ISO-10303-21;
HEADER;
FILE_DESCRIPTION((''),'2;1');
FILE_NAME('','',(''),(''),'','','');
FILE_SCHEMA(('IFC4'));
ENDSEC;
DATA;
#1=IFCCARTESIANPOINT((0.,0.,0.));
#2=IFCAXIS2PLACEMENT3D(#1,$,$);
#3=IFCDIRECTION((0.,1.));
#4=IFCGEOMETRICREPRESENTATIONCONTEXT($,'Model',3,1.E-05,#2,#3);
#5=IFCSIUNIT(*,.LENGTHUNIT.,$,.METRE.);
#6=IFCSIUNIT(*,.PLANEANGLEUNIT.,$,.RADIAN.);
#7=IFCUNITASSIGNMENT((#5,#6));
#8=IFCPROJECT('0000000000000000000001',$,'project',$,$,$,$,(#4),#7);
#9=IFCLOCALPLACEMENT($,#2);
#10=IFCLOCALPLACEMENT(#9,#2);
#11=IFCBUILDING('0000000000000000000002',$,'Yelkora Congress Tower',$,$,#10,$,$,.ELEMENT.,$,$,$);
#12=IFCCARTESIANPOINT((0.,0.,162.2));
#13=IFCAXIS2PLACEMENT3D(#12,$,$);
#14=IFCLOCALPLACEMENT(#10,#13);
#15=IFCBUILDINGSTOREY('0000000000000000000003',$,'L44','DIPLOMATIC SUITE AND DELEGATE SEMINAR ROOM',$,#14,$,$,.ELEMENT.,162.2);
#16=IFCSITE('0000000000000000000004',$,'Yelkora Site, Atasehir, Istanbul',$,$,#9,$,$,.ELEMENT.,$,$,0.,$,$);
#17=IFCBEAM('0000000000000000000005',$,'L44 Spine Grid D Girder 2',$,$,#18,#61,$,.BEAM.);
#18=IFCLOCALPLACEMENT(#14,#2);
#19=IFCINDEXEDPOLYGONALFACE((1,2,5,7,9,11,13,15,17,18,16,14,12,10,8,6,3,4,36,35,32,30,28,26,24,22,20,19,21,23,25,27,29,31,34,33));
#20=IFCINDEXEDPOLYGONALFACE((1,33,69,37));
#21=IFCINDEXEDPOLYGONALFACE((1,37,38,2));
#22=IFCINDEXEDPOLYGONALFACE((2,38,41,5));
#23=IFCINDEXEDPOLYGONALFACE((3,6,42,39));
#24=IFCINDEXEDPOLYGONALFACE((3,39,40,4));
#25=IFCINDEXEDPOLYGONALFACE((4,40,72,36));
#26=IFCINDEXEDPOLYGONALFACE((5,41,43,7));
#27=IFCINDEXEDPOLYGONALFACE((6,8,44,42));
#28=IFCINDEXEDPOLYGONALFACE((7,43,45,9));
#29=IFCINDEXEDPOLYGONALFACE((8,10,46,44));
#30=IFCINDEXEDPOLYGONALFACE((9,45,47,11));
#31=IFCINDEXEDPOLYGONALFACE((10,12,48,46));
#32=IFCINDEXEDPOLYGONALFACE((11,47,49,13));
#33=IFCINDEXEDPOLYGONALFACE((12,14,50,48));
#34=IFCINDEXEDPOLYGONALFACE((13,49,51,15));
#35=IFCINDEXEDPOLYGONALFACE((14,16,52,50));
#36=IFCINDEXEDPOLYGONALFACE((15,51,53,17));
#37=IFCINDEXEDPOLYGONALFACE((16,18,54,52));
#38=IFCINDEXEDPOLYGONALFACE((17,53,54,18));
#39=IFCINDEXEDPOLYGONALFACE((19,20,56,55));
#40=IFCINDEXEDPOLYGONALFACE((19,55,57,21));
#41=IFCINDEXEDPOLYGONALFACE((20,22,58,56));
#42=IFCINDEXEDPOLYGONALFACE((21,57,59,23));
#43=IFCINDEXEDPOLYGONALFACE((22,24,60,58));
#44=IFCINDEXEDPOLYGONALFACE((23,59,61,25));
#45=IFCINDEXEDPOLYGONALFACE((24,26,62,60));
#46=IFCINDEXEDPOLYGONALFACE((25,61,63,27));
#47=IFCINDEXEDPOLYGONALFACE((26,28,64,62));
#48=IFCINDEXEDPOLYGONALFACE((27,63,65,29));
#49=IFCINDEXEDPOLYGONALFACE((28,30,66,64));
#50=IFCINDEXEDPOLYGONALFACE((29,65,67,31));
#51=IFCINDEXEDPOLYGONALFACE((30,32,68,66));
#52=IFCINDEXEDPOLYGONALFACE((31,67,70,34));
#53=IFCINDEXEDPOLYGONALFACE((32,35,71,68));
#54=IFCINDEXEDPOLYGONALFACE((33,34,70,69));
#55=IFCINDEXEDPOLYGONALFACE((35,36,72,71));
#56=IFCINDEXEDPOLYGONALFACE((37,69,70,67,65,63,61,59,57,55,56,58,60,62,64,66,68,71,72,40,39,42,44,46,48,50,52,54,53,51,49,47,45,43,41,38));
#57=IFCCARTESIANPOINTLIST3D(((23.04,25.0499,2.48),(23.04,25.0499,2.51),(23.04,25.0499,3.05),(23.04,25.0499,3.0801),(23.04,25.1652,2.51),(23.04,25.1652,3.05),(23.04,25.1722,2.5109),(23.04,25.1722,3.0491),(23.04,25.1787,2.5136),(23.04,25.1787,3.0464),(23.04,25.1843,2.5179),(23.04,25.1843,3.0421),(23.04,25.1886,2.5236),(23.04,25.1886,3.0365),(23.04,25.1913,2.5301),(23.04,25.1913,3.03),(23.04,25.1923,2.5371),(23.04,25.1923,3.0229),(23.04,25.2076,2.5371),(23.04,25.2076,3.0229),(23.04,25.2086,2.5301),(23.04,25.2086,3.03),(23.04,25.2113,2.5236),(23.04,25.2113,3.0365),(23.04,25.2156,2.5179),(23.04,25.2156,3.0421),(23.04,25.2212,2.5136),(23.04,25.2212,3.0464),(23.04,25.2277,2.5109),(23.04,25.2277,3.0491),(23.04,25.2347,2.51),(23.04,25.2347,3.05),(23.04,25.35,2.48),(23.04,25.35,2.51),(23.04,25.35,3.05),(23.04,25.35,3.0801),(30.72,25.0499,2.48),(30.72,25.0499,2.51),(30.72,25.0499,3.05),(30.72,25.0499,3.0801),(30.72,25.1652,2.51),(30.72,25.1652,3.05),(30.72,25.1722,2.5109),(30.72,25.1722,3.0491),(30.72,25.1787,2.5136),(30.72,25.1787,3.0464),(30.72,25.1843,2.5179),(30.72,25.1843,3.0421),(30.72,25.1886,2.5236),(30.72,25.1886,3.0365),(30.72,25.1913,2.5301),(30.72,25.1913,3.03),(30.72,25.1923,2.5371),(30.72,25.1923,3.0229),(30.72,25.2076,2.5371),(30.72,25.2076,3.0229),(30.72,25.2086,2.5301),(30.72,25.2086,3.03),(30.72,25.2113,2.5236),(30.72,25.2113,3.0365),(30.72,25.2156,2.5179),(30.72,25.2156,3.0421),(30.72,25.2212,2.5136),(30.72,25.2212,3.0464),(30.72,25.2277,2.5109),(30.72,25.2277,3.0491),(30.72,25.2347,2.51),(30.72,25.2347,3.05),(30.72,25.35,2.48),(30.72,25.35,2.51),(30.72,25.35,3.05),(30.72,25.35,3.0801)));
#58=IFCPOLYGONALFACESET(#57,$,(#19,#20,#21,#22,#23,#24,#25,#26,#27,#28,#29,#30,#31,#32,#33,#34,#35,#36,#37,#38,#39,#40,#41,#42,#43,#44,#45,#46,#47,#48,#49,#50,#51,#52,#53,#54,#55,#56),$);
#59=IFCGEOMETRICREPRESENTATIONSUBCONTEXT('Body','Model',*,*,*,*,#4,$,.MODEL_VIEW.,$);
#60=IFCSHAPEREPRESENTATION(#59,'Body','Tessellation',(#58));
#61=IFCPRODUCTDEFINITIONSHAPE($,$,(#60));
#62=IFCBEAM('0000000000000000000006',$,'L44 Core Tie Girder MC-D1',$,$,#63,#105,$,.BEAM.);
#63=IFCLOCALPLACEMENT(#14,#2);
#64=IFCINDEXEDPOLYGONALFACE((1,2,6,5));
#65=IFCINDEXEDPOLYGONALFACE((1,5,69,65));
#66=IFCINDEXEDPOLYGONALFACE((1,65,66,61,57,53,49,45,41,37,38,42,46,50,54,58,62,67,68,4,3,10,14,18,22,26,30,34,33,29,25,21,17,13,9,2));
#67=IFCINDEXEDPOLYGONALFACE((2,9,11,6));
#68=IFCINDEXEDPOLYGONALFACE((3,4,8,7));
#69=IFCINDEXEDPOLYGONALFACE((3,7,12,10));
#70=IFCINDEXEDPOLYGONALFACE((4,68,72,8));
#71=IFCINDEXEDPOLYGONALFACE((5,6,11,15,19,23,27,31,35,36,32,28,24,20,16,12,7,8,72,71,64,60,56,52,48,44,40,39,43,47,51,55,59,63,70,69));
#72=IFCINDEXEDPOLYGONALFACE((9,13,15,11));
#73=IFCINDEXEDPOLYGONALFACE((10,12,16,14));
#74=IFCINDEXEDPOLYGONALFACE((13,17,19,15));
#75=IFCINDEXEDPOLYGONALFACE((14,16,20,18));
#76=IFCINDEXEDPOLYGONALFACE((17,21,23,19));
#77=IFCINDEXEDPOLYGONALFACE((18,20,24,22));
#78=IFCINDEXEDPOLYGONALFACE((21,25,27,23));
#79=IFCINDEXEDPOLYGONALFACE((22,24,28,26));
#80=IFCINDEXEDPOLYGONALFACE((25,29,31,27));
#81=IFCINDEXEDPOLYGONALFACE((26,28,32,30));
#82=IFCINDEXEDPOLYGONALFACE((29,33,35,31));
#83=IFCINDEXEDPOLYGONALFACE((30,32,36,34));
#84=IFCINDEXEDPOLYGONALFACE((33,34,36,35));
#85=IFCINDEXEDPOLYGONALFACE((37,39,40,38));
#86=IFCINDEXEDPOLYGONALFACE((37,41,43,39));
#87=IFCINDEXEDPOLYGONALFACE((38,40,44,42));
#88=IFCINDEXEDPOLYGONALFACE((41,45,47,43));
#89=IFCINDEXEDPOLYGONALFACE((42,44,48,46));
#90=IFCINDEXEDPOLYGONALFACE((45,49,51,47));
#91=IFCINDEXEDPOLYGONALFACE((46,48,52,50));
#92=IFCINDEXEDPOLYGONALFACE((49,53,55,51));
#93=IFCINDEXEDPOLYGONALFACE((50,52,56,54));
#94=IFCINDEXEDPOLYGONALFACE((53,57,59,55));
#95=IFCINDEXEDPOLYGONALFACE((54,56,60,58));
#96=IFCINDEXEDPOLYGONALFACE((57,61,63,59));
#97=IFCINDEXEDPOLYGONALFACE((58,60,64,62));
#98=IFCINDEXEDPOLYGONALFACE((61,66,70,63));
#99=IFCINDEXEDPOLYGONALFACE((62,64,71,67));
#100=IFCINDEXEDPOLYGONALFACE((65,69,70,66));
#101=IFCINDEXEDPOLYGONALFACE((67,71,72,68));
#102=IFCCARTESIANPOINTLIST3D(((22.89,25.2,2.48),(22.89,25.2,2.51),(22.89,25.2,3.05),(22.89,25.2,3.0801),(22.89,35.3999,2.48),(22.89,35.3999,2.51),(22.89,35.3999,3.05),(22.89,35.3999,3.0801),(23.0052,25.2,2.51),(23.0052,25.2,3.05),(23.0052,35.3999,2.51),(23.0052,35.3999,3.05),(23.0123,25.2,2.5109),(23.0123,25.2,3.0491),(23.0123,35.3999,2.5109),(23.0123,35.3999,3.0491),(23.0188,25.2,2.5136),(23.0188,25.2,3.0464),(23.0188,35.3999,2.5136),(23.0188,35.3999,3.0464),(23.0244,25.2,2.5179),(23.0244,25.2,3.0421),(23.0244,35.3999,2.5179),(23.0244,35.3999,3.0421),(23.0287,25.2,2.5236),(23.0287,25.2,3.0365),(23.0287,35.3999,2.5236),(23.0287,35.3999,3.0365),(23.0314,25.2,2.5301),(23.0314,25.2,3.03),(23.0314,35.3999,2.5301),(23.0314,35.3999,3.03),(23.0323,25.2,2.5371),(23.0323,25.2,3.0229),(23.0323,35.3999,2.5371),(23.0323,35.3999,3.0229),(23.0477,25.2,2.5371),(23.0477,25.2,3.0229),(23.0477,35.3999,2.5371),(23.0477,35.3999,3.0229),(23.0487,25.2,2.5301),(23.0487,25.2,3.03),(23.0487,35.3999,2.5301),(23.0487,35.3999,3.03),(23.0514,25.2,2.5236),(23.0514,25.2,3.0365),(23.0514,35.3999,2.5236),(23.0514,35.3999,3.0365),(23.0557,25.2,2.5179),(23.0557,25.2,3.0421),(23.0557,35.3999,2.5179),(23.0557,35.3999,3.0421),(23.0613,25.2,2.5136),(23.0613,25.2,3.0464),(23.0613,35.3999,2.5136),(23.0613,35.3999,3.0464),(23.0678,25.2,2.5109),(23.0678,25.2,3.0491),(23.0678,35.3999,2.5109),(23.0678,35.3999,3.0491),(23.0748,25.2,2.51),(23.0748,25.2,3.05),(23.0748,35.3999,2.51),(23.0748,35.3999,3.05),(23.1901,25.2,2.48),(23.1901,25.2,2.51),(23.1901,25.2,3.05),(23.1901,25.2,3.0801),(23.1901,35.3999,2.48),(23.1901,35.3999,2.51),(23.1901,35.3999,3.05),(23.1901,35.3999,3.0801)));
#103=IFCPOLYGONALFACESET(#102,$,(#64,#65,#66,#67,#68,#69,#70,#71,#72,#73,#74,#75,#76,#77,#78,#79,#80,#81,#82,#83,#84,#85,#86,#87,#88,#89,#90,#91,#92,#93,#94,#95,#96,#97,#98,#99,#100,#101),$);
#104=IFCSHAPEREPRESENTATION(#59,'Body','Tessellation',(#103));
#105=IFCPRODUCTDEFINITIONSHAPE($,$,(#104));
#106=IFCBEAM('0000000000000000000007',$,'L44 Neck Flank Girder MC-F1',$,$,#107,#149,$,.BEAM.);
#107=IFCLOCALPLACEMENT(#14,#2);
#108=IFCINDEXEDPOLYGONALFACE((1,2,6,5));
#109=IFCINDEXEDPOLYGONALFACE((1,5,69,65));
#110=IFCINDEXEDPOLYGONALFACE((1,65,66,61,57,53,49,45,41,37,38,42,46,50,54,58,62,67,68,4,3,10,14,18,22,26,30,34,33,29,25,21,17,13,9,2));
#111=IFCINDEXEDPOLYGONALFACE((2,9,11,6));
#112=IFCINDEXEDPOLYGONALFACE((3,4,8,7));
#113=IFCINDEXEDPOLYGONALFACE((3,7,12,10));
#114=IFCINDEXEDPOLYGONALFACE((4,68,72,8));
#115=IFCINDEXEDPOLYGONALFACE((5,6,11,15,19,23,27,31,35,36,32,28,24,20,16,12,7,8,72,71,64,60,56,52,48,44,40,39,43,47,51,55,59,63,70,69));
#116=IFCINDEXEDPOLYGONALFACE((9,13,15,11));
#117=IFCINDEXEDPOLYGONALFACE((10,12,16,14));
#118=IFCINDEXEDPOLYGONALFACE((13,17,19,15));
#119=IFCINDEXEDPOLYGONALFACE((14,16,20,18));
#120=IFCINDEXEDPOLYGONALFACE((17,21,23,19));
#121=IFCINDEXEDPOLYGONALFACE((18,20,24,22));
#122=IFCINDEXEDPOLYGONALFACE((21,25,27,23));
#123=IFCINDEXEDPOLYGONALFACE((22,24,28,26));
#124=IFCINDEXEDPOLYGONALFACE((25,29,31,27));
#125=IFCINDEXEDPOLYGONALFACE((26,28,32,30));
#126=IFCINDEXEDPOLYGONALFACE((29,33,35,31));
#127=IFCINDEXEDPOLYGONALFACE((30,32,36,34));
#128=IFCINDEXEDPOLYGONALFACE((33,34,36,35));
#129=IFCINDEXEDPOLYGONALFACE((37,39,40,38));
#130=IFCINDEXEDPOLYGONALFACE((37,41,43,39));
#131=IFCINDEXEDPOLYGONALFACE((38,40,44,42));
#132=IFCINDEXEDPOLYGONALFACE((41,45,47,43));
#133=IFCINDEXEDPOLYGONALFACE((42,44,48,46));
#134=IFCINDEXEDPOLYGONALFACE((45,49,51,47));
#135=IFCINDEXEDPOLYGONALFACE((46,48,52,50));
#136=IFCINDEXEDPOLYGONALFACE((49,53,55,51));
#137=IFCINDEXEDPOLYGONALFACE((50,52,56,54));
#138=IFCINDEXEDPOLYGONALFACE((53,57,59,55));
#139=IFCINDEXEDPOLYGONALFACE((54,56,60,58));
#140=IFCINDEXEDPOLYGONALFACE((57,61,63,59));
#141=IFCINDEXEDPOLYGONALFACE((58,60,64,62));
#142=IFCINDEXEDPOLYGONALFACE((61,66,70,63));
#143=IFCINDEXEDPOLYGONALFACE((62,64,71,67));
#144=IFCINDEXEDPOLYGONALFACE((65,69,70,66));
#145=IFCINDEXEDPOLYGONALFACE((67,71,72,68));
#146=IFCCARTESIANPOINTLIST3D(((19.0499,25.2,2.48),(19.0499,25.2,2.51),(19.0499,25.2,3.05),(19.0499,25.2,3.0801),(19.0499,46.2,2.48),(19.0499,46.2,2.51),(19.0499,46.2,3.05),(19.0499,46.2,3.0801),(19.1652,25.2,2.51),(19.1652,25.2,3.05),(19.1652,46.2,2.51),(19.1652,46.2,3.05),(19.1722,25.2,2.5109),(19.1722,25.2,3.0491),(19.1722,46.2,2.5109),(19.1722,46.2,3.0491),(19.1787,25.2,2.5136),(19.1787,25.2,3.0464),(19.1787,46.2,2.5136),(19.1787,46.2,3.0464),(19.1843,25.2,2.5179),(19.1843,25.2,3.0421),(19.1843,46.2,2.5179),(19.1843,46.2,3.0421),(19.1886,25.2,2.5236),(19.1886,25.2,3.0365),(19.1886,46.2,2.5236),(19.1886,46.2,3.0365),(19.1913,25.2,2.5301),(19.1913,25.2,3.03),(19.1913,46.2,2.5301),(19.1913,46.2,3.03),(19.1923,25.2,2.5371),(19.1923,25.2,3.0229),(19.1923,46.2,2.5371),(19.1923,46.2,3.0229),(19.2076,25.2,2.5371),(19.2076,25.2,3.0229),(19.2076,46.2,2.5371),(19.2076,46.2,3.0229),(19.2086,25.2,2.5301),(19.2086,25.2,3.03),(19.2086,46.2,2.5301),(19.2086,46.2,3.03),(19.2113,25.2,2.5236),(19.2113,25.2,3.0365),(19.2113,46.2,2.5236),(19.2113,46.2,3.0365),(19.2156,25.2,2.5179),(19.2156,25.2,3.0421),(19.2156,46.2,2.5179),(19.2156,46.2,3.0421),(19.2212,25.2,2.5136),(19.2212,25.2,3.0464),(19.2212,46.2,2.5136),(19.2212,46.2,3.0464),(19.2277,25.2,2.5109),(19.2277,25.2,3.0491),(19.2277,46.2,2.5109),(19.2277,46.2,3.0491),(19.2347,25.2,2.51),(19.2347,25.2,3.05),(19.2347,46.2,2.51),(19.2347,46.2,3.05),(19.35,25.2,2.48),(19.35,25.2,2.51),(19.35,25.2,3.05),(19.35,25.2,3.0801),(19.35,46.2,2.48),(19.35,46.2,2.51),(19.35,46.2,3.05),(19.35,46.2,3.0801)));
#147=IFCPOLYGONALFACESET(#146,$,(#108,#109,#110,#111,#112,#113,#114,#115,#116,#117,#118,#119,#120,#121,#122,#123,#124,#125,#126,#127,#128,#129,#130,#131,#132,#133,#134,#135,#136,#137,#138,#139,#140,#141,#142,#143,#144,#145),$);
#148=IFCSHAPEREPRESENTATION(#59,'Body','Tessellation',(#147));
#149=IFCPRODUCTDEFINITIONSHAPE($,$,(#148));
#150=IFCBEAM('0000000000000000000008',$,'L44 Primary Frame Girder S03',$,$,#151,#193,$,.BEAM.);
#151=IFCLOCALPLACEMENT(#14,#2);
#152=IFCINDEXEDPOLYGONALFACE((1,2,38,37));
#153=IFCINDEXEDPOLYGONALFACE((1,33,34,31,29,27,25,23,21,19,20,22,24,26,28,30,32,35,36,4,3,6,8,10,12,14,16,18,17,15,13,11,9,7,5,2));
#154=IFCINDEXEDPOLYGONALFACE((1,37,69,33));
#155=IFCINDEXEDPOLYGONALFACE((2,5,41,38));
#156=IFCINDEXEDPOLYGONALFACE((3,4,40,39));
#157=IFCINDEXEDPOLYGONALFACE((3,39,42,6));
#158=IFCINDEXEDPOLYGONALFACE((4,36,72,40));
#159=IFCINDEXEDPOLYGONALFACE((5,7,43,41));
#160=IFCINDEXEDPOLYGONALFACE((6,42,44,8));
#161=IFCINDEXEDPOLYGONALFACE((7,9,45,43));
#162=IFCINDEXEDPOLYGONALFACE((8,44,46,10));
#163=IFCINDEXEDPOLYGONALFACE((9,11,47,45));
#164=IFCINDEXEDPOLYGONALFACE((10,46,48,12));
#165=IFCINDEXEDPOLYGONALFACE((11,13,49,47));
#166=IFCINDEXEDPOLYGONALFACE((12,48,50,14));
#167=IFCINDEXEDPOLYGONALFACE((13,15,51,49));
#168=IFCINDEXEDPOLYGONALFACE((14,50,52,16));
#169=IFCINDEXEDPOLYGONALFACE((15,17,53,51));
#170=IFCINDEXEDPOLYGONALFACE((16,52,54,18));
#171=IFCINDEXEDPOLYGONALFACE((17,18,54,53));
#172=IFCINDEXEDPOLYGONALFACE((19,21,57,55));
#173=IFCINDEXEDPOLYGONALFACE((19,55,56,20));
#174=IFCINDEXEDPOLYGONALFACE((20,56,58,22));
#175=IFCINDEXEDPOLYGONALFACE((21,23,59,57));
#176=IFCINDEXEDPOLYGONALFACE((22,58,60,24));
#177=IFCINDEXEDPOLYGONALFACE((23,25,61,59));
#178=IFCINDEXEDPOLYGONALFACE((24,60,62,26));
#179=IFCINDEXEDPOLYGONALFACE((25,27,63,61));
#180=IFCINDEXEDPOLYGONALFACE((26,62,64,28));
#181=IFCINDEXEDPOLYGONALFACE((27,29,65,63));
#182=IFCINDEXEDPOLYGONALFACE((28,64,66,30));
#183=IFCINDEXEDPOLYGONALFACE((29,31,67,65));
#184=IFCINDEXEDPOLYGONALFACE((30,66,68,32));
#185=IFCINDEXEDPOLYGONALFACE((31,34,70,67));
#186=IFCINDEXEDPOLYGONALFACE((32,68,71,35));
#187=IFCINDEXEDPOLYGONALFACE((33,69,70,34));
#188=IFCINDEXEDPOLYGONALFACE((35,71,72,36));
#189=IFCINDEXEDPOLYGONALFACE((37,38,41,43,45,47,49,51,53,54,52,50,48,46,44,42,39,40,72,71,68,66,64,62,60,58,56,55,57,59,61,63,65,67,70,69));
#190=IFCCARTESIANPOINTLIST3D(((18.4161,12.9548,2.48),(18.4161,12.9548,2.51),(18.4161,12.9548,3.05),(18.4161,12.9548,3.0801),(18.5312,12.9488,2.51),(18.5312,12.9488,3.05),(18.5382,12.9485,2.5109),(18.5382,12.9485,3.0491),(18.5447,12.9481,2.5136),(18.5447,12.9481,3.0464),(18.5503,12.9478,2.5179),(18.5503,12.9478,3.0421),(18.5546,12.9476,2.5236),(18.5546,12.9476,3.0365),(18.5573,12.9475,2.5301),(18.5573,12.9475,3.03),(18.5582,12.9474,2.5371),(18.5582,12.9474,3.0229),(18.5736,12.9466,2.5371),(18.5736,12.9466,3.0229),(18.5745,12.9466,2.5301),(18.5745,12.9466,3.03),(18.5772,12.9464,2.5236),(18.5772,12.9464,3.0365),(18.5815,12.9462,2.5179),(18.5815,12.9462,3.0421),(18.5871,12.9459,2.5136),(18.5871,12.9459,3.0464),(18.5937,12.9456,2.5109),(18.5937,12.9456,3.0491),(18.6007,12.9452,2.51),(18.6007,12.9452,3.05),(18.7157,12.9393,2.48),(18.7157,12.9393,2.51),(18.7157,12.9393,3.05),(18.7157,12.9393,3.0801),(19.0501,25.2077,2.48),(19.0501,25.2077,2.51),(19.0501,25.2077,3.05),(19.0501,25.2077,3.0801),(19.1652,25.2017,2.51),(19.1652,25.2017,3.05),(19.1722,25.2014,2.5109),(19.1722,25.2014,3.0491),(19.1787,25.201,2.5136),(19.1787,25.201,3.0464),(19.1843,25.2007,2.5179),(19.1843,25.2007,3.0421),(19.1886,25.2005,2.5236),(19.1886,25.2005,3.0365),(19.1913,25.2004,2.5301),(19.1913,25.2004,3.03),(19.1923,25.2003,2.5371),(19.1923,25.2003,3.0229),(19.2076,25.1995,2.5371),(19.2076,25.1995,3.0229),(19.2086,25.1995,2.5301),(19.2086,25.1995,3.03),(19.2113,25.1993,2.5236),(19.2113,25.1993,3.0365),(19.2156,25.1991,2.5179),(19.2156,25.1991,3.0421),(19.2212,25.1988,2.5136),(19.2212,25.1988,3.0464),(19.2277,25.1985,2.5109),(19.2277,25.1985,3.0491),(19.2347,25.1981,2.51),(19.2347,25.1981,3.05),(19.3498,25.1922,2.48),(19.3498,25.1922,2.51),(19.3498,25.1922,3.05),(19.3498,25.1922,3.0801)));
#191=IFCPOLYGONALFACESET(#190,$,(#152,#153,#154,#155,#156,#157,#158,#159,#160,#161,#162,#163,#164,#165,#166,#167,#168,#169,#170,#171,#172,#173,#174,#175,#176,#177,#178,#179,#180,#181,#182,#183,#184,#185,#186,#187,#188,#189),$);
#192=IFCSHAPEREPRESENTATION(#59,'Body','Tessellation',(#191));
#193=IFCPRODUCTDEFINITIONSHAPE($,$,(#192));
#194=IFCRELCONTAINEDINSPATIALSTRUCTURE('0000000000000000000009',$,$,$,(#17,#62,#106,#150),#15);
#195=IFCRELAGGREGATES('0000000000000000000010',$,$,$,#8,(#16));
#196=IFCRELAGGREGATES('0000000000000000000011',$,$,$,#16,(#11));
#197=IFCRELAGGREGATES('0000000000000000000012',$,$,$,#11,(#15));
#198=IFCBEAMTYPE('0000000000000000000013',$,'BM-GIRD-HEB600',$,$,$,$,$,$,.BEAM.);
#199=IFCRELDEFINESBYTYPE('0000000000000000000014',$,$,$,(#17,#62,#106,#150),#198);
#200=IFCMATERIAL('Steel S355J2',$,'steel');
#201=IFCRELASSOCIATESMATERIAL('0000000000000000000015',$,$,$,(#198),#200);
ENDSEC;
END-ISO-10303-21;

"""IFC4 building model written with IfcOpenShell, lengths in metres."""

from ifc_helpers import new_model, si_unit, direction, frame, origin, origin_2d, place, context, subcontext, project, spatial, i_section, extrude, material, material_profile, profile_set, type_object, element, save


model = new_model("IFC4")

# Units and contexts
model_context = context("Model", 3, precision=1e-05, world=origin(), true_north=direction((0.0, 1.0)))
body_context = subcontext(model_context, "Body", "Model", "MODEL_VIEW")
ifc_project = project(units=[si_unit("LENGTHUNIT", "METRE"), si_unit("PLANEANGLEUNIT", "RADIAN")], contexts=[model_context])

# Site, building, storey
site_placement = place(None, origin())
site = spatial("IfcSite", under=ifc_project, at=site_placement, Name="Yelkora Site, Atasehir, Istanbul", CompositionType="ELEMENT", RefElevation=0.0)
building_placement = place(site_placement, origin())
building = spatial("IfcBuilding", under=site, at=building_placement, Name="Yelkora Congress Tower", CompositionType="ELEMENT")
storey_placement = place(building_placement, frame((0.0, 0.0, 162.2)))
storey = spatial("IfcBuildingStorey", under=building, at=storey_placement, Name="L44", Description="DIPLOMATIC SUITE AND DELEGATE SEMINAR ROOM", CompositionType="ELEMENT", Elevation=162.2)

# Beams
ifc_material_1 = material(Name="Steel S355J2", Category="steel")
ifc_material_profile_1 = material_profile(ifc_material_1, i_section(OverallWidth=0.3, OverallDepth=0.6001, WebThickness=0.0154, FlangeThickness=0.03, FilletRadius=0.0271, at=origin_2d()), Name="HEB 600")
ifc_profile_set_1 = profile_set([ifc_material_profile_1], Name="Steel S355J2")
beam_type_1 = type_object("IfcBeamType", Name="BM-GIRD-HEB600", PredefinedType="BEAM", material=ifc_profile_set_1)
beam_1_placement = place(storey_placement, frame((23.04, 25.2, 2.78), z_axis=(1.0, 0.0, 0.0), x_axis=(0.0, 1.0, 0.0)))
element("IfcBeam", 1, at=beam_1_placement, inside=storey, type_object=beam_type_1, Name="L44 Spine Grid D Girder 2", PredefinedType="BEAM", context=body_context, shape_type="SweptSolid", body=[
    extrude(i_section(OverallWidth=0.3, OverallDepth=0.6001, WebThickness=0.0154, FlangeThickness=0.03, FilletRadius=0.0271, at=origin_2d()), origin(), (0.0, 0.0, 1.0), 7.6799),
])
beam_2_placement = place(storey_placement, frame((23.04, 25.2, 2.78), z_axis=(0.0, 1.0, 0.0), x_axis=(-1.0, 0.0, 0.0)))
element("IfcBeam", 2, at=beam_2_placement, inside=storey, type_object=beam_type_1, Name="L44 Core Tie Girder MC-D1", PredefinedType="BEAM", context=body_context, shape_type="SweptSolid", body=[
    extrude(i_section(OverallWidth=0.3, OverallDepth=0.6001, WebThickness=0.0154, FlangeThickness=0.03, FilletRadius=0.0271, at=origin_2d()), origin(), (0.0, 0.0, 1.0), 10.2),
])
beam_3_placement = place(storey_placement, frame((19.2, 25.2, 2.78), z_axis=(0.0, 1.0, 0.0), x_axis=(-1.0, 0.0, 0.0)))
element("IfcBeam", 3, at=beam_3_placement, inside=storey, type_object=beam_type_1, Name="L44 Neck Flank Girder MC-F1", PredefinedType="BEAM", context=body_context, shape_type="SweptSolid", body=[
    extrude(i_section(OverallWidth=0.3, OverallDepth=0.6001, WebThickness=0.0154, FlangeThickness=0.03, FilletRadius=0.0271, at=origin_2d()), origin(), (0.0, 0.0, 1.0), 21.0),
])
beam_4_placement = place(storey_placement, frame((18.5659, 12.947, 2.78), z_axis=(0.051676, 0.998664, 0.0), x_axis=(-0.998664, 0.051676, 0.0)))
element("IfcBeam", 4, at=beam_4_placement, inside=storey, type_object=beam_type_1, Name="L44 Primary Frame Girder S03", PredefinedType="BEAM", context=body_context, shape_type="SweptSolid", body=[
    extrude(i_section(OverallWidth=0.3, OverallDepth=0.6001, WebThickness=0.0154, FlangeThickness=0.03, FilletRadius=0.0271, at=origin_2d()), origin(), (0.0, 0.0, 1.0), 12.2693),
])

save(model, "model.ifc")
